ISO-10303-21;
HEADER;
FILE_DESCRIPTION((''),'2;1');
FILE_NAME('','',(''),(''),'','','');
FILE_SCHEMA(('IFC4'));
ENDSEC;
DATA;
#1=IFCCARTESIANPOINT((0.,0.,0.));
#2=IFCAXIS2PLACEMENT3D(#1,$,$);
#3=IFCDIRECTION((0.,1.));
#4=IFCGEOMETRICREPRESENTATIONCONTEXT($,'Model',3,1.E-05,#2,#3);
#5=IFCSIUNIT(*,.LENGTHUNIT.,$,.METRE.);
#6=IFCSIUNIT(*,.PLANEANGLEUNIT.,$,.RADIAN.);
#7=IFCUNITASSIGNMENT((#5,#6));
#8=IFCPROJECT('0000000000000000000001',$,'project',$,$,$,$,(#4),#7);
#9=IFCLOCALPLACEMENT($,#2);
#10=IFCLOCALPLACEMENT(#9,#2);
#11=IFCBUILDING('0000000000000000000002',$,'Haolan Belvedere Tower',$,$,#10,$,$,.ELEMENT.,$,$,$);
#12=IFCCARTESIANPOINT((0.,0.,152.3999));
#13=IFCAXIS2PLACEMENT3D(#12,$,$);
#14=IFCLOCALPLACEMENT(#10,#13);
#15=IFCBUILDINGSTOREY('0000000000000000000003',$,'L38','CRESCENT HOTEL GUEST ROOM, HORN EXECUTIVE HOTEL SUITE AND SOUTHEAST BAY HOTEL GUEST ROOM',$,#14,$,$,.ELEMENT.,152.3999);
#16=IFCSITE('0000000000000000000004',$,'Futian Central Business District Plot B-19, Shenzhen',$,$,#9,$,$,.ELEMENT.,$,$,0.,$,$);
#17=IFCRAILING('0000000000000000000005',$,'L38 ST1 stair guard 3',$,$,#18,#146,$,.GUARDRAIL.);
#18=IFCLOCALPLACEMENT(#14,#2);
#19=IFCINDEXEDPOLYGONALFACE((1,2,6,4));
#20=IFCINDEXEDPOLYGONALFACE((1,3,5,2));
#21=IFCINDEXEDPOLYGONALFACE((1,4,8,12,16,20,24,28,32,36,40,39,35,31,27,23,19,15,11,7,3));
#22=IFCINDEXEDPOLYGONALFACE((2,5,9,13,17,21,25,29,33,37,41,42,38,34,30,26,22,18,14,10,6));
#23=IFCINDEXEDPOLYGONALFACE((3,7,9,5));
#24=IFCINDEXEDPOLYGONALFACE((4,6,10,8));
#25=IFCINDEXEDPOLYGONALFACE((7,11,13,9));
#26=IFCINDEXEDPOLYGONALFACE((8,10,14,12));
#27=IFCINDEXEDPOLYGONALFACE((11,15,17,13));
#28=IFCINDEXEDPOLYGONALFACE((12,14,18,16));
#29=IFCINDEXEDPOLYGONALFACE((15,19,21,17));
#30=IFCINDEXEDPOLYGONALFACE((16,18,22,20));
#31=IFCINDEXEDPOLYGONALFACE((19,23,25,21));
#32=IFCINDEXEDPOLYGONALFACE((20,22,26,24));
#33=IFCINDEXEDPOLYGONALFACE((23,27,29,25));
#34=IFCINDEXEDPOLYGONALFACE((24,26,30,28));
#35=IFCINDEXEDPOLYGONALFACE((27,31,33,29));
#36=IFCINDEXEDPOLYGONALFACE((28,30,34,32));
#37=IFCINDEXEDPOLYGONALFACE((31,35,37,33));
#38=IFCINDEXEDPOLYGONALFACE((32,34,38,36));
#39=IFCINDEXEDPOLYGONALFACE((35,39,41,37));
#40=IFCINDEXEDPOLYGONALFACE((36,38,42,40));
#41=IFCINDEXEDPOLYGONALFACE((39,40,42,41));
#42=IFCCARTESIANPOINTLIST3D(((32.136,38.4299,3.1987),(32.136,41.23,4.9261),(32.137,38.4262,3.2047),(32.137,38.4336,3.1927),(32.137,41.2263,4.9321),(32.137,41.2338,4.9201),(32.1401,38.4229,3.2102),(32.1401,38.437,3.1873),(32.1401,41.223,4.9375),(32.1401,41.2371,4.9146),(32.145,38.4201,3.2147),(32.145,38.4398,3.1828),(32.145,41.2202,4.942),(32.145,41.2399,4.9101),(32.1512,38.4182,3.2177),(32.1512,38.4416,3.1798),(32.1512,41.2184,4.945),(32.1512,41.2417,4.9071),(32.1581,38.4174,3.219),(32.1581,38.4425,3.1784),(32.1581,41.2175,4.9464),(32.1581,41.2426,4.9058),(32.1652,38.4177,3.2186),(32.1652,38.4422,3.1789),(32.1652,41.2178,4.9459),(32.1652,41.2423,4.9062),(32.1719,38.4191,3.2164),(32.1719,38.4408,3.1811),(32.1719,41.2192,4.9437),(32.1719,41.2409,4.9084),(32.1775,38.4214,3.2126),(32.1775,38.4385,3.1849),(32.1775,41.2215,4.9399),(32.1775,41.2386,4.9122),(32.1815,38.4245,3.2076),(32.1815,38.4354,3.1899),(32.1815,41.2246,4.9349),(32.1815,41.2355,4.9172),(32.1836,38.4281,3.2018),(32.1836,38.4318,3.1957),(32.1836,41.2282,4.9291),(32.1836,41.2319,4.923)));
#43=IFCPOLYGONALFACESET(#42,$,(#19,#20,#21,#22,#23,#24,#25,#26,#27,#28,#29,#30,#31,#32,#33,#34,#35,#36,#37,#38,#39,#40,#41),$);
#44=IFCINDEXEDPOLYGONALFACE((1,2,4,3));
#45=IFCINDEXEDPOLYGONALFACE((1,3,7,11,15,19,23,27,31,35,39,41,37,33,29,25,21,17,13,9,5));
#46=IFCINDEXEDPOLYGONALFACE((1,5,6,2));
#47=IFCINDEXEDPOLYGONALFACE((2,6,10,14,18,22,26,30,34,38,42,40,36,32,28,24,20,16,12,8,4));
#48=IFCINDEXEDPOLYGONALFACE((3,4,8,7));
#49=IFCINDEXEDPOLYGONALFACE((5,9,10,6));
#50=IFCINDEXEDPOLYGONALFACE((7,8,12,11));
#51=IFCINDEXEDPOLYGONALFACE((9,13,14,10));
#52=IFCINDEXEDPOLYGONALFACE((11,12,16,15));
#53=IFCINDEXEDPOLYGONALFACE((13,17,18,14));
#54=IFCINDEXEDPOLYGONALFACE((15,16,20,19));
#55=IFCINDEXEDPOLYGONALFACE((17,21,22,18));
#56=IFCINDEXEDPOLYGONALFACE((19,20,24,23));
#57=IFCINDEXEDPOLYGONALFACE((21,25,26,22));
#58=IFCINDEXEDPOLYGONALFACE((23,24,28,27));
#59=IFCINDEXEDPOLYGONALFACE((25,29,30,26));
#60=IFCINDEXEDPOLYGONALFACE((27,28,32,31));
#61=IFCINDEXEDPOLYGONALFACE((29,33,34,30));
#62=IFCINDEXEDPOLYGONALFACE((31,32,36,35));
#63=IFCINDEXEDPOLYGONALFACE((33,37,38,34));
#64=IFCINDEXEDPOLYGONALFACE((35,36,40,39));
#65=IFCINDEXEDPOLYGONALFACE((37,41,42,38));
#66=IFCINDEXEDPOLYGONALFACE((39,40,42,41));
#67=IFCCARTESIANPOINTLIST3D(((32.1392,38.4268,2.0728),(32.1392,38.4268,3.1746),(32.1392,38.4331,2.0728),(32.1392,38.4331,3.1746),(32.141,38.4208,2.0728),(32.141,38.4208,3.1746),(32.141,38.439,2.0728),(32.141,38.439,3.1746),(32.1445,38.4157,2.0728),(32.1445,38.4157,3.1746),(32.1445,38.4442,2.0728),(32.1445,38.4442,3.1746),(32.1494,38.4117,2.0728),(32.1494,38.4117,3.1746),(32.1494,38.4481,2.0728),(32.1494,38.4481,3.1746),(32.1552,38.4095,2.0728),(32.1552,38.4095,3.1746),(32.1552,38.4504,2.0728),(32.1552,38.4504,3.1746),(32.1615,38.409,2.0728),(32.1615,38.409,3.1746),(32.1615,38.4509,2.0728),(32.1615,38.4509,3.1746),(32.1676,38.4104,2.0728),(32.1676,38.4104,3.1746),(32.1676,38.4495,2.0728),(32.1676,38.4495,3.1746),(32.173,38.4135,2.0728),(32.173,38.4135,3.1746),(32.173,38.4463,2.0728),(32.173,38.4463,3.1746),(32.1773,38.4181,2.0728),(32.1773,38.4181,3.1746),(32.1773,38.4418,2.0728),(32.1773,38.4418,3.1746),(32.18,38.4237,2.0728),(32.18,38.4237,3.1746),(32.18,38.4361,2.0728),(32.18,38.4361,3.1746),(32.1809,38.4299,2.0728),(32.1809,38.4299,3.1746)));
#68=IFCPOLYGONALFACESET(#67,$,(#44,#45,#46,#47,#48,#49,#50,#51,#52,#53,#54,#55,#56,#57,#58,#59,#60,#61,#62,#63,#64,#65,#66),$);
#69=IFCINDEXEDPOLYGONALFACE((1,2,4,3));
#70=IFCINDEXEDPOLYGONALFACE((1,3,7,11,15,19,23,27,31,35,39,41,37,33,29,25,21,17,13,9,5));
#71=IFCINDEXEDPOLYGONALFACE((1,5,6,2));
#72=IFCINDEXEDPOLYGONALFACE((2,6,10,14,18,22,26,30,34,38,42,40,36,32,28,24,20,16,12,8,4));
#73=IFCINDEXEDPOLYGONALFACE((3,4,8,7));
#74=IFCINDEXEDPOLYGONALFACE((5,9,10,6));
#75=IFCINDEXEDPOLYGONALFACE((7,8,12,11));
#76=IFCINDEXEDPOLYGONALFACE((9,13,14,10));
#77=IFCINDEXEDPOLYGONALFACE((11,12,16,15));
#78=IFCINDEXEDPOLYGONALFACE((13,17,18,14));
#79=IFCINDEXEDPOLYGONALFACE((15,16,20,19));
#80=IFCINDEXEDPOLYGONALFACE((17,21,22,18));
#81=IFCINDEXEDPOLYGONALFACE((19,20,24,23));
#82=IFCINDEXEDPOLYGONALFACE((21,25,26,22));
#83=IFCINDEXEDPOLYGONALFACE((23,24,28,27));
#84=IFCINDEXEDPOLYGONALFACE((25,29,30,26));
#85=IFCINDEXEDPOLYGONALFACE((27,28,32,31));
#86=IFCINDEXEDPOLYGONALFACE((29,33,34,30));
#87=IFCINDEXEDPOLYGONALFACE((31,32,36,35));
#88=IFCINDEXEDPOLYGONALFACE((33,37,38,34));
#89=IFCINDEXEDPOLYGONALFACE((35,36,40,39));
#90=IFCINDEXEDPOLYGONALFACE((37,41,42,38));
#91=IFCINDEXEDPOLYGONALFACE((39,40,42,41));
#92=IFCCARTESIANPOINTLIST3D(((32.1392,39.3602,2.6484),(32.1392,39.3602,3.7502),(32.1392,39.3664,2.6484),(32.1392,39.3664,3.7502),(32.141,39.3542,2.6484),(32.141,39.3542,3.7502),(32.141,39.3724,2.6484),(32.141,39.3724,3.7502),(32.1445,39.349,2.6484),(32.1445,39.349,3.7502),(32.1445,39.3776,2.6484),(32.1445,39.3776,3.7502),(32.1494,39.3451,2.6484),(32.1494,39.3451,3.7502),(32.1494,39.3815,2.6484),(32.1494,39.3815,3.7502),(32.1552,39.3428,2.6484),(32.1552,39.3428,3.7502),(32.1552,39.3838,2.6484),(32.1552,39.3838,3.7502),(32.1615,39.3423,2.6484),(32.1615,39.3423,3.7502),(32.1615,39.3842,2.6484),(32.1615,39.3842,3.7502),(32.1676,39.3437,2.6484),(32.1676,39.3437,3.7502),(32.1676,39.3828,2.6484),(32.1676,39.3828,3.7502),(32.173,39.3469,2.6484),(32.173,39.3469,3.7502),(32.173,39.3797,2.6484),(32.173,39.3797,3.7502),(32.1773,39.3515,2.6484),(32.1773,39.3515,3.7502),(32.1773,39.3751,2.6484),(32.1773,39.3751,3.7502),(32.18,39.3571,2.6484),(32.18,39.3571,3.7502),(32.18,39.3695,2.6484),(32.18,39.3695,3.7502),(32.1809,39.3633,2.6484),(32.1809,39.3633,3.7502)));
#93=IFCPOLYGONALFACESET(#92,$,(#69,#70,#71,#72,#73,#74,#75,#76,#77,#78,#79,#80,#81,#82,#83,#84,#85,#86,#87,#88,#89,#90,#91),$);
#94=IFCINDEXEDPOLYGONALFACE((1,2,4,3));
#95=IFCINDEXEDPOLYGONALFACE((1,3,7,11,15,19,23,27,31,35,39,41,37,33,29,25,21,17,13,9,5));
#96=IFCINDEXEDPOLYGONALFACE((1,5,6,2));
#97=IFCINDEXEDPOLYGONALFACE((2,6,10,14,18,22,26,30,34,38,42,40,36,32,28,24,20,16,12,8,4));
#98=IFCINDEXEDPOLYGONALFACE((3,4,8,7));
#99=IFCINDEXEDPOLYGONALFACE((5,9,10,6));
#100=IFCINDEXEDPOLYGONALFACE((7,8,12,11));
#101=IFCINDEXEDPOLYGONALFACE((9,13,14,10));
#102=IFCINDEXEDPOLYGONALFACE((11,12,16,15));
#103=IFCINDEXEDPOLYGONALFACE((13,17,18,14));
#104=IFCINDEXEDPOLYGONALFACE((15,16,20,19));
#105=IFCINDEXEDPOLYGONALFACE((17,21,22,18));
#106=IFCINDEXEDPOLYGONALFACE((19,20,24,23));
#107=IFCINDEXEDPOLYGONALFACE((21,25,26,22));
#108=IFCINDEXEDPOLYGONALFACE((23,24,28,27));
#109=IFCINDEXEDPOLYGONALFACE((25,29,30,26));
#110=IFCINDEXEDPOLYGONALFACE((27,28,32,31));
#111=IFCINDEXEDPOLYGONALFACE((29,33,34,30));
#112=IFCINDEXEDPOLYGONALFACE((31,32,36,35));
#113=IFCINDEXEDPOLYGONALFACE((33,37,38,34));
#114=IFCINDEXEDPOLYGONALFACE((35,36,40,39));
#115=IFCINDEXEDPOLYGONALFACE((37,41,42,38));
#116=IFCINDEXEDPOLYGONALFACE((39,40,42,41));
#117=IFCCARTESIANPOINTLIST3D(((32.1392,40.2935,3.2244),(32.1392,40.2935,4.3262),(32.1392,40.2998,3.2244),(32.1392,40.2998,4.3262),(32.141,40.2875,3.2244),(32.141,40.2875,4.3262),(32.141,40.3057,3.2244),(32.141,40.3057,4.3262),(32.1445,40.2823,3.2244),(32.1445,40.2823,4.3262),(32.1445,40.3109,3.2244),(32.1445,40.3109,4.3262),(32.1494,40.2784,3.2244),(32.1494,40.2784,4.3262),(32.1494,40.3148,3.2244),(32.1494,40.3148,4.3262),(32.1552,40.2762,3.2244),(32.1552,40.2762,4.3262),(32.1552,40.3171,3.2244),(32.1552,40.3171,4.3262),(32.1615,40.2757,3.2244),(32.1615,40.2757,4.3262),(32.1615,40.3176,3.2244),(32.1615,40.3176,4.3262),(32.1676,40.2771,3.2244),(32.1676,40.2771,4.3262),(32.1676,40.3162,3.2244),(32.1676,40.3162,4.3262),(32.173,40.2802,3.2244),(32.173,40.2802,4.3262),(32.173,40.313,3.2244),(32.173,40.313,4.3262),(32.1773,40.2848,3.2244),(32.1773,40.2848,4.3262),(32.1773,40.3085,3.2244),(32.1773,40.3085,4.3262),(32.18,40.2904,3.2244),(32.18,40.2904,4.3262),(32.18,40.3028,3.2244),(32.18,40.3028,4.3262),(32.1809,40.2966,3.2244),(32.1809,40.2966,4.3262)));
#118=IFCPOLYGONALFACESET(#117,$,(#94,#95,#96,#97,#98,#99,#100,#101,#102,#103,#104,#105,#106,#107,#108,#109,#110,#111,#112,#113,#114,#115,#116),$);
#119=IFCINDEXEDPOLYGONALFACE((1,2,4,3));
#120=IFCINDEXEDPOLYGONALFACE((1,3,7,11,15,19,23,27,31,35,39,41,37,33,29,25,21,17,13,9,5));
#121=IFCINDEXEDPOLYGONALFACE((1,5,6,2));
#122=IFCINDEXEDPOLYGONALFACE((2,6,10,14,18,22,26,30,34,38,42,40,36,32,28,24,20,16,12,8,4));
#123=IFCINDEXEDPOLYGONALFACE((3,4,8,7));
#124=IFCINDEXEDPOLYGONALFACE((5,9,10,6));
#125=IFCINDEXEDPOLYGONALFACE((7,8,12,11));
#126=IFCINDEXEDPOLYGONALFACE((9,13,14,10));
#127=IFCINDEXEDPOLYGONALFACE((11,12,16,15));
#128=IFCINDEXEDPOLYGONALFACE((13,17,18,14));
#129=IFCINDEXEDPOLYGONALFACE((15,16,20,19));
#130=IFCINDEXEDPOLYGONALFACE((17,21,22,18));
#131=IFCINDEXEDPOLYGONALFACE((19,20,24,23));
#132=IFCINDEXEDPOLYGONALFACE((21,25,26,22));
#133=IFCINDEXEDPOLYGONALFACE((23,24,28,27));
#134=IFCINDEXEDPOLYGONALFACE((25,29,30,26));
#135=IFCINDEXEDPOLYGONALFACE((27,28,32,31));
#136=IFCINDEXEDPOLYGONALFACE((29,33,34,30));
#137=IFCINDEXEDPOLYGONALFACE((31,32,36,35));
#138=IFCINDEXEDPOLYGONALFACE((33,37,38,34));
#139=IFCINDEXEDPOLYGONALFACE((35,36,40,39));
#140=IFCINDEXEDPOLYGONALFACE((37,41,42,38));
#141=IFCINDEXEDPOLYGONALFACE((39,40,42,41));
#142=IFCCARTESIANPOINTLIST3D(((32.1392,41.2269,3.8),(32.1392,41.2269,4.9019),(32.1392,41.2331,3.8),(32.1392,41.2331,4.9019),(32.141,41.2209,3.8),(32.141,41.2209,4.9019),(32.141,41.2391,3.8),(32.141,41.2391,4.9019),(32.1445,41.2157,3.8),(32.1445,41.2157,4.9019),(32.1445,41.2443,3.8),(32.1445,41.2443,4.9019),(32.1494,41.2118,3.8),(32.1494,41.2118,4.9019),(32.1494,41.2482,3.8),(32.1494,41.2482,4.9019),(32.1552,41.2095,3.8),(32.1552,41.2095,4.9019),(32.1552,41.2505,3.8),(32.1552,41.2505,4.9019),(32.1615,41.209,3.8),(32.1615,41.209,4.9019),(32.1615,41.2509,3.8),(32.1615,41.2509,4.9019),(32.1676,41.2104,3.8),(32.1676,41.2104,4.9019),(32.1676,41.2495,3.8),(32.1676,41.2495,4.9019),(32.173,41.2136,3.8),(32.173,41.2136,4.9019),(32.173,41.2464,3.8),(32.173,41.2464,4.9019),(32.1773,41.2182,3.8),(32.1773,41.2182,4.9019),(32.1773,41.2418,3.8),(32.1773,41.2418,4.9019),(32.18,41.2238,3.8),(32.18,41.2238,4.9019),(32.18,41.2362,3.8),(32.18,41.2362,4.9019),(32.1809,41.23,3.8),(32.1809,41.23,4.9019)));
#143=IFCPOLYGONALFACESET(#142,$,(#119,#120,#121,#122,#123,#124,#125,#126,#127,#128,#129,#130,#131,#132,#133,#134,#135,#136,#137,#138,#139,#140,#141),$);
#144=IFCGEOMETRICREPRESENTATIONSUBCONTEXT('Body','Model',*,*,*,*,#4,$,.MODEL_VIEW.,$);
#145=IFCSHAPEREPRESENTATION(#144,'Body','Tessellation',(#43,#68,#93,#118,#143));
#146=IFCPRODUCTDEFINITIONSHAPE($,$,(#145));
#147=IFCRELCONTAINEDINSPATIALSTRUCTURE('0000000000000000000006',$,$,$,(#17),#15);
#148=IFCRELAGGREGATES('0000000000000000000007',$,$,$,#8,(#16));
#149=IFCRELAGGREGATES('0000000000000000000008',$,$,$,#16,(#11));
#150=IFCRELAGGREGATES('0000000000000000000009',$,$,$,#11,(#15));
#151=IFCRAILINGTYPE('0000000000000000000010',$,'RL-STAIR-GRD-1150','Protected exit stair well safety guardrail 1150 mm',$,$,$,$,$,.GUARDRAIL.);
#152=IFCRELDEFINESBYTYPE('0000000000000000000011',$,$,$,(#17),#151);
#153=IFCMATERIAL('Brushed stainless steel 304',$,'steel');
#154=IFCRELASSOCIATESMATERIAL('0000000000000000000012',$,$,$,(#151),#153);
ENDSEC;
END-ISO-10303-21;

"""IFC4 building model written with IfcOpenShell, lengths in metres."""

from ifc_helpers import new_model, si_unit, direction, frame, origin, origin_2d, place, context, subcontext, project, spatial, circle, extrude, material, type_object, element, save


model = new_model("IFC4")

# Units and contexts
model_context = context("Model", 3, precision=1e-05, world=origin(), true_north=direction((0.0, 1.0)))
body_context = subcontext(model_context, "Body", "Model", "MODEL_VIEW")
ifc_project = project(units=[si_unit("LENGTHUNIT", "METRE"), si_unit("PLANEANGLEUNIT", "RADIAN")], contexts=[model_context])

# Site, building, storey
site_placement = place(None, origin())
site = spatial("IfcSite", under=ifc_project, at=site_placement, Name="Futian Central Business District Plot B-19, Shenzhen", CompositionType="ELEMENT", RefElevation=0.0)
building_placement = place(site_placement, origin())
building = spatial("IfcBuilding", under=site, at=building_placement, Name="Haolan Belvedere Tower", CompositionType="ELEMENT")
storey_placement = place(building_placement, frame((0.0, 0.0, 152.3999)))
storey = spatial("IfcBuildingStorey", under=building, at=storey_placement, Name="L38", Description="CRESCENT HOTEL GUEST ROOM, HORN EXECUTIVE HOTEL SUITE AND SOUTHEAST BAY HOTEL GUEST ROOM", CompositionType="ELEMENT", Elevation=152.3999)

# Railing
ifc_material_1 = material(Name="Brushed stainless steel 304", Category="steel")
railing_type_1 = type_object("IfcRailingType", Name="RL-STAIR-GRD-1150", Description="Protected exit stair well safety guardrail 1150 mm", PredefinedType="GUARDRAIL", material=ifc_material_1)
railing_1_placement = place(storey_placement, frame((32.1599, 38.4299, 2.0728)))
element("IfcRailing", 1, at=railing_1_placement, inside=storey, type_object=railing_type_1, Name="L38 ST1 stair guard 3", PredefinedType="GUARDRAIL", context=body_context, shape_type="SweptSolid", body=[
    extrude(circle(Radius=0.0239, at=origin_2d()), frame((0.0, 0.0, 1.126), z_axis=(0.0, 0.85109, 0.52502), x_axis=(-1.0, 0.0, 0.0)), (0.0, 0.0, 1.0), 3.29),
    extrude(circle(Radius=0.021, at=origin_2d()), origin(), (0.0, 0.0, 1.0), 1.1018),
    extrude(circle(Radius=0.021, at=origin_2d()), frame((0.0, 0.9333, 0.5757)), (0.0, 0.0, 1.0), 1.1018),
    extrude(circle(Radius=0.021, at=origin_2d()), frame((0.0, 1.8667, 1.1516)), (0.0, 0.0, 1.0), 1.1018),
    extrude(circle(Radius=0.021, at=origin_2d()), frame((0.0, 2.8, 1.7273)), (0.0, 0.0, 1.0), 1.1018),
])

save(model, "model.ifc")
